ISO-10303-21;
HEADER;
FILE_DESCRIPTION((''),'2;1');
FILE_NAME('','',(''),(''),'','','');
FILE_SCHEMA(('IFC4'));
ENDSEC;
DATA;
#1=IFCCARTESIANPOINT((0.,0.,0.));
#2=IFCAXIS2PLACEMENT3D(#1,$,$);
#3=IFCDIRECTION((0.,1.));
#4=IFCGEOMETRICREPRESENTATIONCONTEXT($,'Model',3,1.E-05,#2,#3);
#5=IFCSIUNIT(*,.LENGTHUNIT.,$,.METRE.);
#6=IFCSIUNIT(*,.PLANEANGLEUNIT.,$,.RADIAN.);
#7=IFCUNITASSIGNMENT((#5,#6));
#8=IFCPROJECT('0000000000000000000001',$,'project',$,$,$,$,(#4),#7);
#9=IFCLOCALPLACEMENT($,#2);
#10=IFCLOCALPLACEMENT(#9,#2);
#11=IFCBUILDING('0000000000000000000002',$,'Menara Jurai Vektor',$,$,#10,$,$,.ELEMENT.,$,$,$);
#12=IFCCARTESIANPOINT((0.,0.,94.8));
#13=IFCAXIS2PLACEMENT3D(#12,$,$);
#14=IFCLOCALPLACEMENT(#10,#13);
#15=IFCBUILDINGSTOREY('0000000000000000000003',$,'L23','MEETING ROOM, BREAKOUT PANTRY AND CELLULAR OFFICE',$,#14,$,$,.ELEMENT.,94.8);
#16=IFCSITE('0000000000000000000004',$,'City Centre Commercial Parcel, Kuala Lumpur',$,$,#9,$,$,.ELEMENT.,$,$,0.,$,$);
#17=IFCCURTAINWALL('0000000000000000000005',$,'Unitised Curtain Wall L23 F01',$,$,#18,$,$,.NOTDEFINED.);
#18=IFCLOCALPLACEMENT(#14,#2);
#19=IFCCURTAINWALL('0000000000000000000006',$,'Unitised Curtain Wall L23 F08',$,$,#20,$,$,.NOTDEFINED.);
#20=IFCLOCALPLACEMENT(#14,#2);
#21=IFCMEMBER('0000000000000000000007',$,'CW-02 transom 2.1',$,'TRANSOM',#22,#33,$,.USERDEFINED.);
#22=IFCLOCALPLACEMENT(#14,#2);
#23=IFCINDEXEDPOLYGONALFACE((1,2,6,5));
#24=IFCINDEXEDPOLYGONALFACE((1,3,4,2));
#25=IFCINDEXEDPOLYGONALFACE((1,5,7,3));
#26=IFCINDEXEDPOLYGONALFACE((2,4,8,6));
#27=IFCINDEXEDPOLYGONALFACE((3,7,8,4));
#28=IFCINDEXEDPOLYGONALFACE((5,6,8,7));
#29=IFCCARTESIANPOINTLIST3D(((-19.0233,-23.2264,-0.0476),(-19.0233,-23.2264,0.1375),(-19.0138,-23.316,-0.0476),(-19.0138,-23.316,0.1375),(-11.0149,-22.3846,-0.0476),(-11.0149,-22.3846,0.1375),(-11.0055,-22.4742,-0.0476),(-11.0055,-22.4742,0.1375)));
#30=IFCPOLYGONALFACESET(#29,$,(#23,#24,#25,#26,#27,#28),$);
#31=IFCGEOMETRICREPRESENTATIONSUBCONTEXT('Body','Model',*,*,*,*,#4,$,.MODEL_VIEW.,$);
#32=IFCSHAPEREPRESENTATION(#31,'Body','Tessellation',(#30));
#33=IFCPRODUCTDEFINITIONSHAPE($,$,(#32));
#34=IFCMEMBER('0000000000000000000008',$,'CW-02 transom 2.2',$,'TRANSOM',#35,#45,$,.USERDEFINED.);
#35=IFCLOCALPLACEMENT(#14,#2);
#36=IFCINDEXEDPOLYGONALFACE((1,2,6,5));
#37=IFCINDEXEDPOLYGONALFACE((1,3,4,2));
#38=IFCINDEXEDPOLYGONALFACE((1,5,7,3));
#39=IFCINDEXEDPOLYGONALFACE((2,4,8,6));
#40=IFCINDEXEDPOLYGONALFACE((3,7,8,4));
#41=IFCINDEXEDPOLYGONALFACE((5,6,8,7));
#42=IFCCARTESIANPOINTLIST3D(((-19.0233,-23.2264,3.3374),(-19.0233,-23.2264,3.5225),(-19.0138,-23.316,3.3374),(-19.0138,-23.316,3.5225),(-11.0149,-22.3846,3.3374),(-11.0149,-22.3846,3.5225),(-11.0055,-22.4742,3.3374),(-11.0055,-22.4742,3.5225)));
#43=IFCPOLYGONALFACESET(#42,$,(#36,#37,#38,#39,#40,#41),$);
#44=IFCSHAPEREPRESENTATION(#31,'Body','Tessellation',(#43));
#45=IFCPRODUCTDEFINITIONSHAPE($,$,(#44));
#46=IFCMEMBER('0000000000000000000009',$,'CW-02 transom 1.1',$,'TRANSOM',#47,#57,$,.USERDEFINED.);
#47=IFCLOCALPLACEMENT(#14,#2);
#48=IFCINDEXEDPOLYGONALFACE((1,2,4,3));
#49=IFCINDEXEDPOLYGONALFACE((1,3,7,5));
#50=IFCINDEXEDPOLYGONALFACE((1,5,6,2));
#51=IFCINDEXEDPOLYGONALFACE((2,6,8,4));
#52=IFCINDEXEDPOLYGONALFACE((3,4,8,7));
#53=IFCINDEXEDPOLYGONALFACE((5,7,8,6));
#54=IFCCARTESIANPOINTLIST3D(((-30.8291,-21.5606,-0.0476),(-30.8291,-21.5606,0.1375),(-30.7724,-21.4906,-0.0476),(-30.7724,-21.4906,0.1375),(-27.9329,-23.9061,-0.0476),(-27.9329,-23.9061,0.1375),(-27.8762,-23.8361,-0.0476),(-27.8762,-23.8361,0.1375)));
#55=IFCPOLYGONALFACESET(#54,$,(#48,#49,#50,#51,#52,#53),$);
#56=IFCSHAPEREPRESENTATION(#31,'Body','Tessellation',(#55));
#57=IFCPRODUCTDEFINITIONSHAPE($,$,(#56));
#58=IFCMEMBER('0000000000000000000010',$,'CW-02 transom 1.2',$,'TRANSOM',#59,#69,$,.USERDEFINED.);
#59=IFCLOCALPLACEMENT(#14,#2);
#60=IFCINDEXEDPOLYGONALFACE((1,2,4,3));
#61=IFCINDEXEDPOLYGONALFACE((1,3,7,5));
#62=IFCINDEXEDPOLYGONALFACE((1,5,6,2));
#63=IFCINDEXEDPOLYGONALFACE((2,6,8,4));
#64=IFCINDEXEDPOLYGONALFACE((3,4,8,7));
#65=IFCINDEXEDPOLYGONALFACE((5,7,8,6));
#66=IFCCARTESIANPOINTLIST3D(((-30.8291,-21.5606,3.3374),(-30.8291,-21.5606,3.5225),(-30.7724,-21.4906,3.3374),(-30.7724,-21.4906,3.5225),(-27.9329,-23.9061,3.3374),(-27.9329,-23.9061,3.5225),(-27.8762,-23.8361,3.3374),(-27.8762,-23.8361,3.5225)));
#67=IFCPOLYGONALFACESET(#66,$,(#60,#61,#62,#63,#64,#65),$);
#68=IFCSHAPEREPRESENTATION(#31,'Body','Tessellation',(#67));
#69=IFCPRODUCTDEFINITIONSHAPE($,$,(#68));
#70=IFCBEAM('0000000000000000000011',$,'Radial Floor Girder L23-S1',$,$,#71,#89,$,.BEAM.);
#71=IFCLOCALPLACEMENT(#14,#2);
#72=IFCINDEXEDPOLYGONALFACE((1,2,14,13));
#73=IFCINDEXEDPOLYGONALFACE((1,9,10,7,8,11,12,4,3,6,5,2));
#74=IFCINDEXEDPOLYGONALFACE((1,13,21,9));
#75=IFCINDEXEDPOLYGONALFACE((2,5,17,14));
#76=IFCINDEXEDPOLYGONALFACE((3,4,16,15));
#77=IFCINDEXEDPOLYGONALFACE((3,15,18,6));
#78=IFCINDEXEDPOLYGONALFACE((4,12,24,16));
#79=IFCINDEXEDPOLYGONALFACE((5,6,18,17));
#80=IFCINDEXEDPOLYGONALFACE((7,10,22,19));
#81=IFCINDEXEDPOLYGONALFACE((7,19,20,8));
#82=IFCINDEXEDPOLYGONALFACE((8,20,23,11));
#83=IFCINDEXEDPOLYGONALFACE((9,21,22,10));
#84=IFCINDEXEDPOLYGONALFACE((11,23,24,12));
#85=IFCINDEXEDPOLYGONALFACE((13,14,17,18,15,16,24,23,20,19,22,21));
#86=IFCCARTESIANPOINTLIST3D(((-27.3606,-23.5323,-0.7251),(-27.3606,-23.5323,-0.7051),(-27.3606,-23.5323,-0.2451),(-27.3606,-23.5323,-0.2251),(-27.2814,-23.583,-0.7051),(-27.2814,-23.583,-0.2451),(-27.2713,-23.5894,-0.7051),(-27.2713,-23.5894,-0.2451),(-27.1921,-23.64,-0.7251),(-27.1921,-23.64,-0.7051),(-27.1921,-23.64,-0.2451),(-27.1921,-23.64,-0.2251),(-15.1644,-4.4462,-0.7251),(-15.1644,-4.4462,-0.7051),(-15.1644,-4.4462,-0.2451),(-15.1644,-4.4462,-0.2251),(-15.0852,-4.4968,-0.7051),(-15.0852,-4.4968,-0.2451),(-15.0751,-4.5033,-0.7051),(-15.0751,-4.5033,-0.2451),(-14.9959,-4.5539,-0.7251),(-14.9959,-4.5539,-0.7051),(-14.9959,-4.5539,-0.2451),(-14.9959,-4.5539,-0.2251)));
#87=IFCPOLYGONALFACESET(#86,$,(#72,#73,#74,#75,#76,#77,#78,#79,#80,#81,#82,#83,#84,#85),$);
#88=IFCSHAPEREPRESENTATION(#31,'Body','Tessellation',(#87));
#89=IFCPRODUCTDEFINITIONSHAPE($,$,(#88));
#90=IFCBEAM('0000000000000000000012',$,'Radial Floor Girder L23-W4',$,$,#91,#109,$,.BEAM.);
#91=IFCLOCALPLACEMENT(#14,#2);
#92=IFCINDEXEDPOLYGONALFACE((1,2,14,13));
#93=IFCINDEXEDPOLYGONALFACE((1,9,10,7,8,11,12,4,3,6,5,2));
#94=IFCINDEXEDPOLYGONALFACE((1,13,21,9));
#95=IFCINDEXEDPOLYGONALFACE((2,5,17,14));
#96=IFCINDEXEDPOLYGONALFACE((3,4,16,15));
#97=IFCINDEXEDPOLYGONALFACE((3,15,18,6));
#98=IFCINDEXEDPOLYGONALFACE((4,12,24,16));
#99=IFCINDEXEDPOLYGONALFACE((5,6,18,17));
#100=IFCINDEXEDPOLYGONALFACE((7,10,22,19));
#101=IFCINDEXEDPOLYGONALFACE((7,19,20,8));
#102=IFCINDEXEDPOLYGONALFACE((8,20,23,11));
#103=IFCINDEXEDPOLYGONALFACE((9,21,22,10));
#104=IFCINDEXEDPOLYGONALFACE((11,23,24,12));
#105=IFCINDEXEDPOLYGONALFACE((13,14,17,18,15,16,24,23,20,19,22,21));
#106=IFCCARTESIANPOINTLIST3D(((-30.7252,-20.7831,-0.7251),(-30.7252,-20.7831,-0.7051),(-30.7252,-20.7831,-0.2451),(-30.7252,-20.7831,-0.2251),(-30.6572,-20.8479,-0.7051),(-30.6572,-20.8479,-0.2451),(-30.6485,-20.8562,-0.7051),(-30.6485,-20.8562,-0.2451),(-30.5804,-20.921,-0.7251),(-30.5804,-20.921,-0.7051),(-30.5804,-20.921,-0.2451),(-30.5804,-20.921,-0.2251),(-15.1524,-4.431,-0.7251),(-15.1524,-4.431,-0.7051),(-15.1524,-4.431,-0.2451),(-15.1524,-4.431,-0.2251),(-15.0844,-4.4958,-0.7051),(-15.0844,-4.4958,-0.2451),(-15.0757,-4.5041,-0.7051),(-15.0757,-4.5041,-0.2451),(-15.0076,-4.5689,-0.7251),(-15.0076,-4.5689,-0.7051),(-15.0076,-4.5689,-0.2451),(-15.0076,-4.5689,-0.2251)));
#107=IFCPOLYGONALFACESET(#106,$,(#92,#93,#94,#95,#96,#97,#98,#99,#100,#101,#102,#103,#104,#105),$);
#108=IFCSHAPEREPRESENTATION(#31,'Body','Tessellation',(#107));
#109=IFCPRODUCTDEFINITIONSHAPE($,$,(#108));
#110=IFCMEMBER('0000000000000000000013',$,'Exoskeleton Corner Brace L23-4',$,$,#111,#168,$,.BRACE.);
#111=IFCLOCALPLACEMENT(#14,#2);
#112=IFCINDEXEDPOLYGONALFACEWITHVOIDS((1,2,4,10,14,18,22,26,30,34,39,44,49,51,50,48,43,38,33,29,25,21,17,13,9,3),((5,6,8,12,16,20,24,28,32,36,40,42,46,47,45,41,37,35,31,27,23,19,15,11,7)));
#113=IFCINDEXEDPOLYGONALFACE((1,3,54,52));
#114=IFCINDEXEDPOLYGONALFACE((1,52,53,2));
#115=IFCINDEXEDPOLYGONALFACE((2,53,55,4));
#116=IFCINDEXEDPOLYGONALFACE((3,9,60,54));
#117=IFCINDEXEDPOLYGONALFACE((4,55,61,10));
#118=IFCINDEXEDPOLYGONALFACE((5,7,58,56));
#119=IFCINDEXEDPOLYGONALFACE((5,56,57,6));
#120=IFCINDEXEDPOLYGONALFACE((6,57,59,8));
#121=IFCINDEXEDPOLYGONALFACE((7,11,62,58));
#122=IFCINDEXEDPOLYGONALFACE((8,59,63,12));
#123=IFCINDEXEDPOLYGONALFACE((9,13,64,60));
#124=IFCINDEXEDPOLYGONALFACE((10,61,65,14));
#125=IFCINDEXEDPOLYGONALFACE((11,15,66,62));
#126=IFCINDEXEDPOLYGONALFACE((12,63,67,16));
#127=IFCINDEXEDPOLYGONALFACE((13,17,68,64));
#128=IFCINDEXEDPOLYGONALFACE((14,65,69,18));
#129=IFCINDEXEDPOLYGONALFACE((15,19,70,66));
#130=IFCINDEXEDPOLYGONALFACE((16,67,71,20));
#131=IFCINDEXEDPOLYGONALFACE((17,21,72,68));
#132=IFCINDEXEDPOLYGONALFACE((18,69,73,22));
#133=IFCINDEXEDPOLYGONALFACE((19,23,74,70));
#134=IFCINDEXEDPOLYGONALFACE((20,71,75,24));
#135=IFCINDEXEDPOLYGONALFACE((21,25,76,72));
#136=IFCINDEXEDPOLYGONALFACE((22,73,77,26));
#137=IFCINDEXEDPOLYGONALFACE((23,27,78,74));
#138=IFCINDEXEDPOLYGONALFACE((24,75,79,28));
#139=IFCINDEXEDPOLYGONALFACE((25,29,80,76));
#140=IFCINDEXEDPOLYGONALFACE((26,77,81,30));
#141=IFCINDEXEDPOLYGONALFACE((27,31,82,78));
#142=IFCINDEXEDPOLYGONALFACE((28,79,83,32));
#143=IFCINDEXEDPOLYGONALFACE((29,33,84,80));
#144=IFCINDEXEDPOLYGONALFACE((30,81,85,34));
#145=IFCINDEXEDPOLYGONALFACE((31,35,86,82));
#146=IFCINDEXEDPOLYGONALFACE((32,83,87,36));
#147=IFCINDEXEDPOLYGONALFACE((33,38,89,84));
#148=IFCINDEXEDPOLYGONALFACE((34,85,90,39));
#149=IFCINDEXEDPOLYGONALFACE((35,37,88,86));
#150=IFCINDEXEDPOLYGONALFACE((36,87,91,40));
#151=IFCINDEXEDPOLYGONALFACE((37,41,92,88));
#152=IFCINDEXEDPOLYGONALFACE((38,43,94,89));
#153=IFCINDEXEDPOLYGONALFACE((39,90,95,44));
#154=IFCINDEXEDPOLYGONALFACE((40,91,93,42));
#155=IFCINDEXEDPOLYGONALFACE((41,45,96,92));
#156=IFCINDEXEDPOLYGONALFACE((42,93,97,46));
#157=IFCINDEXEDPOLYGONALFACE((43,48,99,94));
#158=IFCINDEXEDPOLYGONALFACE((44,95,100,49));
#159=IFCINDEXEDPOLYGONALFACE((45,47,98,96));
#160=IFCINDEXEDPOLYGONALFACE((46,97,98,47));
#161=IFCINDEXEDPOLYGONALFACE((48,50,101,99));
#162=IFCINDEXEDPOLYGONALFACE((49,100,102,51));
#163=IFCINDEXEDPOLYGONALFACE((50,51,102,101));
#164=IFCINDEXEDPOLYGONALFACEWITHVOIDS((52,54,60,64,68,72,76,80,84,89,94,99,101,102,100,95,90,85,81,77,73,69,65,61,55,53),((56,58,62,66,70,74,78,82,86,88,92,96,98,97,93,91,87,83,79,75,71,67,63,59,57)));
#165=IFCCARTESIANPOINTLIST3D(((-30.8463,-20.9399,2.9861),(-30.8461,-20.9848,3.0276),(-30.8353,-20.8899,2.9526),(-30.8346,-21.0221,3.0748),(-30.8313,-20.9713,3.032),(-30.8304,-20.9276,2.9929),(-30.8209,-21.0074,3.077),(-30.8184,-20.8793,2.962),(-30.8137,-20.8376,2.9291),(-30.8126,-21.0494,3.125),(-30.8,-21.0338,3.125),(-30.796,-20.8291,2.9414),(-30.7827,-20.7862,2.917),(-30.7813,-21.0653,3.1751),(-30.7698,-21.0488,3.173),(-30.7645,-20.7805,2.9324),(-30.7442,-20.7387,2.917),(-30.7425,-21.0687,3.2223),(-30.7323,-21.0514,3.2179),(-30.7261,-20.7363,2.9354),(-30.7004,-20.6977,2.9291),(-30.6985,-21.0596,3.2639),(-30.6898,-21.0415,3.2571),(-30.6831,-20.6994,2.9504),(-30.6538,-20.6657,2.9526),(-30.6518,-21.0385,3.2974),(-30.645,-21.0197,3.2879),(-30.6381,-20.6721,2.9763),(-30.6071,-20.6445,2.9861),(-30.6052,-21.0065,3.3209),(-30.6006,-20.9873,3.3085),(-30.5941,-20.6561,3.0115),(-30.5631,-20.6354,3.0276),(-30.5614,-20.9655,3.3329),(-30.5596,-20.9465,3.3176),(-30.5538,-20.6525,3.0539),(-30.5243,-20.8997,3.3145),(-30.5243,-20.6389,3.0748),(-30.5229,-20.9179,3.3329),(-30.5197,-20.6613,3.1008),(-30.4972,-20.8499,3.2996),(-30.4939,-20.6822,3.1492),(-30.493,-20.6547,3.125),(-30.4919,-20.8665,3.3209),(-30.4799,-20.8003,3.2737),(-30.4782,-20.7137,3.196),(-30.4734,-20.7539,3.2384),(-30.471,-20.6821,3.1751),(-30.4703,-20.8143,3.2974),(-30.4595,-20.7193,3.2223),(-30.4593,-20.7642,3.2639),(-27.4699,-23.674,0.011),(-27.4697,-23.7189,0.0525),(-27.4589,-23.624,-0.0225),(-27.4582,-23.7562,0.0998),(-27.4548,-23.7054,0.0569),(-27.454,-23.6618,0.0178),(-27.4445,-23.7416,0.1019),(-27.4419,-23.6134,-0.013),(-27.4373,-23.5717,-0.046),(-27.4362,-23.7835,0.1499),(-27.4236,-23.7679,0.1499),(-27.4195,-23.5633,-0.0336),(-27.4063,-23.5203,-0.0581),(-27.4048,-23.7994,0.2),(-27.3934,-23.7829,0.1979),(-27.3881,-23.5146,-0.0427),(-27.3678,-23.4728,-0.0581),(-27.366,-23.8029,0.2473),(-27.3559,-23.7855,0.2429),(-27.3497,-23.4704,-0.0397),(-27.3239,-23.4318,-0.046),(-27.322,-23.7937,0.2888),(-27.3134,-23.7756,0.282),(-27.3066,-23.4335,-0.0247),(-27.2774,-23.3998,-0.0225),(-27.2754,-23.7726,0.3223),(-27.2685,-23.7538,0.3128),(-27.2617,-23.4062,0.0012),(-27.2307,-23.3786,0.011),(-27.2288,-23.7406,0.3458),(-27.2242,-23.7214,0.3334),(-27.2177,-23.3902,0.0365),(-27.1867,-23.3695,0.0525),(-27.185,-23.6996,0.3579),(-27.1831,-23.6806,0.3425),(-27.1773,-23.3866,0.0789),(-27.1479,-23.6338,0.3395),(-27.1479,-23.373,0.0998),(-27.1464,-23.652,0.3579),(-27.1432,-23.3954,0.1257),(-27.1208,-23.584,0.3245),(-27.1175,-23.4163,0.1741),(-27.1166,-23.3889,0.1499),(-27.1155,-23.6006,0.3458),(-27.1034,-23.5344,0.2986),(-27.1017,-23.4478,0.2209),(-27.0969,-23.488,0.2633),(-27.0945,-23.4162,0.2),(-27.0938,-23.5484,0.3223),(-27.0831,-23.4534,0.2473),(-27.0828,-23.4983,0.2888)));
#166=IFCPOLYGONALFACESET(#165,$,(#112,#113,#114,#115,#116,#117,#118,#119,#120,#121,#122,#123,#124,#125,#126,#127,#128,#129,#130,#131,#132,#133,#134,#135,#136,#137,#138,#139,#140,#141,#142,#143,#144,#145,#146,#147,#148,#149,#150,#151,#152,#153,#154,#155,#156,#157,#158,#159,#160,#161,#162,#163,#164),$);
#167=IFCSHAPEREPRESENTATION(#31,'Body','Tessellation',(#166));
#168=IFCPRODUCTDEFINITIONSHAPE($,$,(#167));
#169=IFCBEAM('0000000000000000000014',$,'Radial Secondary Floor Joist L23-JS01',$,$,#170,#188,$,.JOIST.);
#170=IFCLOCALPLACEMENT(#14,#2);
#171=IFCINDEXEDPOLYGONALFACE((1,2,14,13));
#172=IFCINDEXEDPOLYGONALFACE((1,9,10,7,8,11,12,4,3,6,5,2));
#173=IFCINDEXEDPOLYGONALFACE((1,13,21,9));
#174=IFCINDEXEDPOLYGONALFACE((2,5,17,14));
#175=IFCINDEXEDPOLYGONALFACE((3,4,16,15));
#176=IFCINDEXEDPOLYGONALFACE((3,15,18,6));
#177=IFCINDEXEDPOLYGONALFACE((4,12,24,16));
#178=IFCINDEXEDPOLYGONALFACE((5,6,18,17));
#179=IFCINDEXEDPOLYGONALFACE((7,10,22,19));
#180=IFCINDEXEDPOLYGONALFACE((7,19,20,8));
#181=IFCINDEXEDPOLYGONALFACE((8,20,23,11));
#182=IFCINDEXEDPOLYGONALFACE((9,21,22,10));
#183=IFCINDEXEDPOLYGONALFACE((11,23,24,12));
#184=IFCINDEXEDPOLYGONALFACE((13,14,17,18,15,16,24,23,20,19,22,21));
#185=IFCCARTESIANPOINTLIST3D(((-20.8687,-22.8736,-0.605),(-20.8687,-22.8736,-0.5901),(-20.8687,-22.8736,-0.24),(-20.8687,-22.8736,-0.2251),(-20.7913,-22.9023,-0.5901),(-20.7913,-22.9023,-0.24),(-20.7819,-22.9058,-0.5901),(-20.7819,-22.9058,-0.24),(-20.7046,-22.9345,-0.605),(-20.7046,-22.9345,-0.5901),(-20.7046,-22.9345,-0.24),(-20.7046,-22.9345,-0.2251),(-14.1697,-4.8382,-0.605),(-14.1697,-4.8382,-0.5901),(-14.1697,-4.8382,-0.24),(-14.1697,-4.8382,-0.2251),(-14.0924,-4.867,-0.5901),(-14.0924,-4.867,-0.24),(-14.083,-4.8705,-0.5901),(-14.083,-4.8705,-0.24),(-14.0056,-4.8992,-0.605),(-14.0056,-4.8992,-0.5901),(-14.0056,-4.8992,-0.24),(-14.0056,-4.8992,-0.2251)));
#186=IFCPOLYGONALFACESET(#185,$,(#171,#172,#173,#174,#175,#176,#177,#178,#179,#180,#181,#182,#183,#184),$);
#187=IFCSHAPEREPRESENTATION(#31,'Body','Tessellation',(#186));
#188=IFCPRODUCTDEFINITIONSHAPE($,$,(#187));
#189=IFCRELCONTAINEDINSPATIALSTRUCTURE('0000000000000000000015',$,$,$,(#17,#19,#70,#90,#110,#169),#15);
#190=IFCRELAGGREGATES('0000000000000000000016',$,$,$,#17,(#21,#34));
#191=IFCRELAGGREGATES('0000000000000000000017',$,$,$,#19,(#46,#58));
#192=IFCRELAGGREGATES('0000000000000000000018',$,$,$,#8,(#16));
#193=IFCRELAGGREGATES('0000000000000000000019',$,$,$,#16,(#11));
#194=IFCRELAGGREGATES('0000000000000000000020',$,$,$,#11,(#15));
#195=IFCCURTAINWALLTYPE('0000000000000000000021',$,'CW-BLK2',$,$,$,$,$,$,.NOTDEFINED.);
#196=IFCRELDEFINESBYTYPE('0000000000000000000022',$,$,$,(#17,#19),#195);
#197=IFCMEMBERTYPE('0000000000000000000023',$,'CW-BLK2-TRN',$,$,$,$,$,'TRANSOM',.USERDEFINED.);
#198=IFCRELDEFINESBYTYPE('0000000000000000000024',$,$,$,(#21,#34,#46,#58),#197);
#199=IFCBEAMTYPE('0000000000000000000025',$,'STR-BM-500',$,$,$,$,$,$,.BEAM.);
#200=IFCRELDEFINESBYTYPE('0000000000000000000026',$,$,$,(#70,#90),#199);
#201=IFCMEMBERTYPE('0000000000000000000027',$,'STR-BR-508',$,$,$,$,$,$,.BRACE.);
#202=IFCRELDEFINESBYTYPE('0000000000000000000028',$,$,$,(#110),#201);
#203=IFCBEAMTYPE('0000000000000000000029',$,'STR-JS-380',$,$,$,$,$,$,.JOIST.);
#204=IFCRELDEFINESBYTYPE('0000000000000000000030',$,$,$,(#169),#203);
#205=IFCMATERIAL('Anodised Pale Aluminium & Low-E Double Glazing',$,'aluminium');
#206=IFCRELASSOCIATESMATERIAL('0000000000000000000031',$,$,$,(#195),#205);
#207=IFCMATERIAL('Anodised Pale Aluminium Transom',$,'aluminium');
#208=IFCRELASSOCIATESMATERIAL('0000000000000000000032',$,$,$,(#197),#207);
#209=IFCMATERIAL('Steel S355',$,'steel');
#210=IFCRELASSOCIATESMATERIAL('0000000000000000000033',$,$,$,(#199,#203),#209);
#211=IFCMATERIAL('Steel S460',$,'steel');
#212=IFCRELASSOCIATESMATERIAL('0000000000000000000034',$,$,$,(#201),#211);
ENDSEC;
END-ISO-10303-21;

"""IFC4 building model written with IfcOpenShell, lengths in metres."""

from ifc_helpers import new_model, si_unit, direction, frame, origin, origin_2d, place, context, subcontext, project, spatial, rectangle, hollow_circle, i_section, extrude, material, material_profile, profile_set, type_object, element, aggregate, save


model = new_model("IFC4")

# Units and contexts
model_context = context("Model", 3, precision=1e-05, world=origin(), true_north=direction((0.0, 1.0)))
body_context = subcontext(model_context, "Body", "Model", "MODEL_VIEW")
ifc_project = project(units=[si_unit("LENGTHUNIT", "METRE"), si_unit("PLANEANGLEUNIT", "RADIAN")], contexts=[model_context])

# Site, building, storey
site_placement = place(None, origin())
site = spatial("IfcSite", under=ifc_project, at=site_placement, Name="City Centre Commercial Parcel, Kuala Lumpur", CompositionType="ELEMENT", RefElevation=0.0)
building_placement = place(site_placement, origin())
building = spatial("IfcBuilding", under=site, at=building_placement, Name="Menara Jurai Vektor", CompositionType="ELEMENT")
storey_placement = place(building_placement, frame((0.0, 0.0, 94.8)))
storey = spatial("IfcBuildingStorey", under=building, at=storey_placement, Name="L23", Description="MEETING ROOM, BREAKOUT PANTRY AND CELLULAR OFFICE", CompositionType="ELEMENT", Elevation=94.8)

# Shared definitions
ifc_material_1 = material(Name="Steel S460", Category="steel")

# Curtain wall
ifc_material_2 = material(Name="Anodised Pale Aluminium & Low-E Double Glazing", Category="aluminium")
curtain_wall_type = type_object("IfcCurtainWallType", Name="CW-BLK2", PredefinedType="NOTDEFINED", material=ifc_material_2)
curtain_wall_1_placement = place(storey_placement, origin())
curtain_wall_1 = element("IfcCurtainWall", 1, at=curtain_wall_1_placement, inside=storey, type_object=curtain_wall_type, Name="Unitised Curtain Wall L23 F01", PredefinedType="NOTDEFINED")

# Curtain wall
curtain_wall_2_placement = place(storey_placement, origin())
curtain_wall_2 = element("IfcCurtainWall", 2, at=curtain_wall_2_placement, inside=storey, type_object=curtain_wall_type, Name="Unitised Curtain Wall L23 F08", PredefinedType="NOTDEFINED")

# Members
ifc_material_3 = material(Name="Anodised Pale Aluminium Transom", Category="aluminium")
ifc_material_profile_1 = material_profile(ifc_material_3, rectangle(XDim=0.0901, YDim=0.1851, at=origin_2d()), Name="ALU TRN 90x185")
ifc_profile_set_1 = profile_set([ifc_material_profile_1], Name="Anodised Pale Aluminium Transom")
member_type_1 = type_object("IfcMemberType", Name="CW-BLK2-TRN", ElementType="TRANSOM", PredefinedType="USERDEFINED", material=ifc_profile_set_1)
member_1_placement = place(storey_placement, frame((-19.0186, -23.2712, 0.0449), z_axis=(0.994521, 0.10454, 0.0), x_axis=(-0.10454, 0.994521, 0.0)))
member_1 = element("IfcMember", 3, at=member_1_placement, type_object=member_type_1, Name="CW-02 transom 2.1", ObjectType="TRANSOM", PredefinedType="USERDEFINED", context=body_context, shape_type="SweptSolid", body=[
    extrude(rectangle(XDim=0.0901, YDim=0.1851, at=origin_2d()), origin(), (0.0, 0.0, 1.0), 8.0525),
])
member_2_placement = place(storey_placement, frame((-19.0186, -23.2712, 3.4299), z_axis=(0.994521, 0.10454, 0.0), x_axis=(-0.10454, 0.994521, 0.0)))
member_2 = element("IfcMember", 4, at=member_2_placement, type_object=member_type_1, Name="CW-02 transom 2.2", ObjectType="TRANSOM", PredefinedType="USERDEFINED", context=body_context, shape_type="SweptSolid", body=[
    extrude(rectangle(XDim=0.0901, YDim=0.1851, at=origin_2d()), origin(), (0.0, 0.0, 1.0), 8.0525),
])
member_3_placement = place(storey_placement, frame((-30.8008, -21.5256, 0.0449), z_axis=(0.777129, -0.629341, 0.0), x_axis=(0.629341, 0.777129, 0.0)))
member_3 = element("IfcMember", 5, at=member_3_placement, type_object=member_type_1, Name="CW-02 transom 1.1", ObjectType="TRANSOM", PredefinedType="USERDEFINED", context=body_context, shape_type="SweptSolid", body=[
    extrude(rectangle(XDim=0.0901, YDim=0.1851, at=origin_2d()), origin(), (0.0, 0.0, 1.0), 3.7268),
])
member_4_placement = place(storey_placement, frame((-30.8008, -21.5256, 3.4299), z_axis=(0.777129, -0.629341, 0.0), x_axis=(0.629341, 0.777129, 0.0)))
member_4 = element("IfcMember", 6, at=member_4_placement, type_object=member_type_1, Name="CW-02 transom 1.2", ObjectType="TRANSOM", PredefinedType="USERDEFINED", context=body_context, shape_type="SweptSolid", body=[
    extrude(rectangle(XDim=0.0901, YDim=0.1851, at=origin_2d()), origin(), (0.0, 0.0, 1.0), 3.7268),
])

# Beams
ifc_material_4 = material(Name="Steel S355", Category="steel")
ifc_material_profile_2 = material_profile(ifc_material_4, i_section(OverallWidth=0.2, OverallDepth=0.5, WebThickness=0.012, FlangeThickness=0.02, at=origin_2d()), Name="PG 500x200x96")
ifc_profile_set_2 = profile_set([ifc_material_profile_2], Name="Steel S355")
beam_type_1 = type_object("IfcBeamType", Name="STR-BM-500", PredefinedType="BEAM", material=ifc_profile_set_2)
beam_1_placement = place(storey_placement, frame((-27.2764, -23.5862, -0.4751), z_axis=(0.538463, 0.842649, 0.0), x_axis=(-0.842649, 0.538463, 0.0)))
element("IfcBeam", 7, at=beam_1_placement, inside=storey, type_object=beam_type_1, Name="Radial Floor Girder L23-S1", PredefinedType="BEAM", context=body_context, shape_type="SweptSolid", body=[
    extrude(i_section(OverallWidth=0.2, OverallDepth=0.5, WebThickness=0.012, FlangeThickness=0.02, at=origin_2d()), origin(), (0.0, 0.0, 1.0), 22.6501),
])
beam_2_placement = place(storey_placement, frame((-30.6528, -20.8521, -0.4751), z_axis=(0.689641, 0.724152, 0.0), x_axis=(-0.724152, 0.689641, 0.0)))
element("IfcBeam", 8, at=beam_2_placement, inside=storey, type_object=beam_type_1, Name="Radial Floor Girder L23-W4", PredefinedType="BEAM", context=body_context, shape_type="SweptSolid", body=[
    extrude(i_section(OverallWidth=0.2, OverallDepth=0.5, WebThickness=0.012, FlangeThickness=0.02, at=origin_2d()), origin(), (0.0, 0.0, 1.0), 22.5811),
])

# Member
ifc_material_profile_3 = material_profile(ifc_material_1, hollow_circle(Radius=0.2539, WallThickness=0.02, at=origin_2d()), Name="CHS 508x20")
ifc_profile_set_3 = profile_set([ifc_material_profile_3], Name="Steel S460")
member_type_2 = type_object("IfcMemberType", Name="STR-BR-508", PredefinedType="BRACE", material=ifc_profile_set_3)
member_5_placement = place(storey_placement, frame((-27.2764, -23.5862, 0.1499), z_axis=(-0.641223, 0.519238, 0.565), x_axis=(-0.62931, -0.777155, 0.0)))
element("IfcMember", 9, at=member_5_placement, inside=storey, type_object=member_type_2, Name="Exoskeleton Corner Brace L23-4", PredefinedType="BRACE", context=body_context, shape_type="SweptSolid", body=[
    extrude(hollow_circle(Radius=0.2539, WallThickness=0.02, at=origin_2d()), origin(), (0.0, 0.0, 1.0), 5.2656),
])

# Beam
ifc_material_profile_4 = material_profile(ifc_material_4, i_section(OverallWidth=0.175, OverallDepth=0.3799, WebThickness=0.01, FlangeThickness=0.0149, at=origin_2d()), Name="PG 380x175x58")
ifc_profile_set_4 = profile_set([ifc_material_profile_4], Name="Steel S355")
beam_type_2 = type_object("IfcBeamType", Name="STR-JS-380", PredefinedType="JOIST", material=ifc_profile_set_4)
beam_3_placement = place(storey_placement, frame((-20.7866, -22.9041, -0.415), z_axis=(0.348192, 0.937423, 0.0), x_axis=(-0.937423, 0.348192, 0.0)))
element("IfcBeam", 10, at=beam_3_placement, inside=storey, type_object=beam_type_2, Name="Radial Secondary Floor Joist L23-JS01", PredefinedType="JOIST", context=body_context, shape_type="SweptSolid", body=[
    extrude(i_section(OverallWidth=0.175, OverallDepth=0.3799, WebThickness=0.01, FlangeThickness=0.0149, at=origin_2d()), origin(), (0.0, 0.0, 1.0), 19.2393),
])

aggregate(curtain_wall_1, [member_1, member_2])
aggregate(curtain_wall_2, [member_3, member_4])

save(model, "model.ifc")
